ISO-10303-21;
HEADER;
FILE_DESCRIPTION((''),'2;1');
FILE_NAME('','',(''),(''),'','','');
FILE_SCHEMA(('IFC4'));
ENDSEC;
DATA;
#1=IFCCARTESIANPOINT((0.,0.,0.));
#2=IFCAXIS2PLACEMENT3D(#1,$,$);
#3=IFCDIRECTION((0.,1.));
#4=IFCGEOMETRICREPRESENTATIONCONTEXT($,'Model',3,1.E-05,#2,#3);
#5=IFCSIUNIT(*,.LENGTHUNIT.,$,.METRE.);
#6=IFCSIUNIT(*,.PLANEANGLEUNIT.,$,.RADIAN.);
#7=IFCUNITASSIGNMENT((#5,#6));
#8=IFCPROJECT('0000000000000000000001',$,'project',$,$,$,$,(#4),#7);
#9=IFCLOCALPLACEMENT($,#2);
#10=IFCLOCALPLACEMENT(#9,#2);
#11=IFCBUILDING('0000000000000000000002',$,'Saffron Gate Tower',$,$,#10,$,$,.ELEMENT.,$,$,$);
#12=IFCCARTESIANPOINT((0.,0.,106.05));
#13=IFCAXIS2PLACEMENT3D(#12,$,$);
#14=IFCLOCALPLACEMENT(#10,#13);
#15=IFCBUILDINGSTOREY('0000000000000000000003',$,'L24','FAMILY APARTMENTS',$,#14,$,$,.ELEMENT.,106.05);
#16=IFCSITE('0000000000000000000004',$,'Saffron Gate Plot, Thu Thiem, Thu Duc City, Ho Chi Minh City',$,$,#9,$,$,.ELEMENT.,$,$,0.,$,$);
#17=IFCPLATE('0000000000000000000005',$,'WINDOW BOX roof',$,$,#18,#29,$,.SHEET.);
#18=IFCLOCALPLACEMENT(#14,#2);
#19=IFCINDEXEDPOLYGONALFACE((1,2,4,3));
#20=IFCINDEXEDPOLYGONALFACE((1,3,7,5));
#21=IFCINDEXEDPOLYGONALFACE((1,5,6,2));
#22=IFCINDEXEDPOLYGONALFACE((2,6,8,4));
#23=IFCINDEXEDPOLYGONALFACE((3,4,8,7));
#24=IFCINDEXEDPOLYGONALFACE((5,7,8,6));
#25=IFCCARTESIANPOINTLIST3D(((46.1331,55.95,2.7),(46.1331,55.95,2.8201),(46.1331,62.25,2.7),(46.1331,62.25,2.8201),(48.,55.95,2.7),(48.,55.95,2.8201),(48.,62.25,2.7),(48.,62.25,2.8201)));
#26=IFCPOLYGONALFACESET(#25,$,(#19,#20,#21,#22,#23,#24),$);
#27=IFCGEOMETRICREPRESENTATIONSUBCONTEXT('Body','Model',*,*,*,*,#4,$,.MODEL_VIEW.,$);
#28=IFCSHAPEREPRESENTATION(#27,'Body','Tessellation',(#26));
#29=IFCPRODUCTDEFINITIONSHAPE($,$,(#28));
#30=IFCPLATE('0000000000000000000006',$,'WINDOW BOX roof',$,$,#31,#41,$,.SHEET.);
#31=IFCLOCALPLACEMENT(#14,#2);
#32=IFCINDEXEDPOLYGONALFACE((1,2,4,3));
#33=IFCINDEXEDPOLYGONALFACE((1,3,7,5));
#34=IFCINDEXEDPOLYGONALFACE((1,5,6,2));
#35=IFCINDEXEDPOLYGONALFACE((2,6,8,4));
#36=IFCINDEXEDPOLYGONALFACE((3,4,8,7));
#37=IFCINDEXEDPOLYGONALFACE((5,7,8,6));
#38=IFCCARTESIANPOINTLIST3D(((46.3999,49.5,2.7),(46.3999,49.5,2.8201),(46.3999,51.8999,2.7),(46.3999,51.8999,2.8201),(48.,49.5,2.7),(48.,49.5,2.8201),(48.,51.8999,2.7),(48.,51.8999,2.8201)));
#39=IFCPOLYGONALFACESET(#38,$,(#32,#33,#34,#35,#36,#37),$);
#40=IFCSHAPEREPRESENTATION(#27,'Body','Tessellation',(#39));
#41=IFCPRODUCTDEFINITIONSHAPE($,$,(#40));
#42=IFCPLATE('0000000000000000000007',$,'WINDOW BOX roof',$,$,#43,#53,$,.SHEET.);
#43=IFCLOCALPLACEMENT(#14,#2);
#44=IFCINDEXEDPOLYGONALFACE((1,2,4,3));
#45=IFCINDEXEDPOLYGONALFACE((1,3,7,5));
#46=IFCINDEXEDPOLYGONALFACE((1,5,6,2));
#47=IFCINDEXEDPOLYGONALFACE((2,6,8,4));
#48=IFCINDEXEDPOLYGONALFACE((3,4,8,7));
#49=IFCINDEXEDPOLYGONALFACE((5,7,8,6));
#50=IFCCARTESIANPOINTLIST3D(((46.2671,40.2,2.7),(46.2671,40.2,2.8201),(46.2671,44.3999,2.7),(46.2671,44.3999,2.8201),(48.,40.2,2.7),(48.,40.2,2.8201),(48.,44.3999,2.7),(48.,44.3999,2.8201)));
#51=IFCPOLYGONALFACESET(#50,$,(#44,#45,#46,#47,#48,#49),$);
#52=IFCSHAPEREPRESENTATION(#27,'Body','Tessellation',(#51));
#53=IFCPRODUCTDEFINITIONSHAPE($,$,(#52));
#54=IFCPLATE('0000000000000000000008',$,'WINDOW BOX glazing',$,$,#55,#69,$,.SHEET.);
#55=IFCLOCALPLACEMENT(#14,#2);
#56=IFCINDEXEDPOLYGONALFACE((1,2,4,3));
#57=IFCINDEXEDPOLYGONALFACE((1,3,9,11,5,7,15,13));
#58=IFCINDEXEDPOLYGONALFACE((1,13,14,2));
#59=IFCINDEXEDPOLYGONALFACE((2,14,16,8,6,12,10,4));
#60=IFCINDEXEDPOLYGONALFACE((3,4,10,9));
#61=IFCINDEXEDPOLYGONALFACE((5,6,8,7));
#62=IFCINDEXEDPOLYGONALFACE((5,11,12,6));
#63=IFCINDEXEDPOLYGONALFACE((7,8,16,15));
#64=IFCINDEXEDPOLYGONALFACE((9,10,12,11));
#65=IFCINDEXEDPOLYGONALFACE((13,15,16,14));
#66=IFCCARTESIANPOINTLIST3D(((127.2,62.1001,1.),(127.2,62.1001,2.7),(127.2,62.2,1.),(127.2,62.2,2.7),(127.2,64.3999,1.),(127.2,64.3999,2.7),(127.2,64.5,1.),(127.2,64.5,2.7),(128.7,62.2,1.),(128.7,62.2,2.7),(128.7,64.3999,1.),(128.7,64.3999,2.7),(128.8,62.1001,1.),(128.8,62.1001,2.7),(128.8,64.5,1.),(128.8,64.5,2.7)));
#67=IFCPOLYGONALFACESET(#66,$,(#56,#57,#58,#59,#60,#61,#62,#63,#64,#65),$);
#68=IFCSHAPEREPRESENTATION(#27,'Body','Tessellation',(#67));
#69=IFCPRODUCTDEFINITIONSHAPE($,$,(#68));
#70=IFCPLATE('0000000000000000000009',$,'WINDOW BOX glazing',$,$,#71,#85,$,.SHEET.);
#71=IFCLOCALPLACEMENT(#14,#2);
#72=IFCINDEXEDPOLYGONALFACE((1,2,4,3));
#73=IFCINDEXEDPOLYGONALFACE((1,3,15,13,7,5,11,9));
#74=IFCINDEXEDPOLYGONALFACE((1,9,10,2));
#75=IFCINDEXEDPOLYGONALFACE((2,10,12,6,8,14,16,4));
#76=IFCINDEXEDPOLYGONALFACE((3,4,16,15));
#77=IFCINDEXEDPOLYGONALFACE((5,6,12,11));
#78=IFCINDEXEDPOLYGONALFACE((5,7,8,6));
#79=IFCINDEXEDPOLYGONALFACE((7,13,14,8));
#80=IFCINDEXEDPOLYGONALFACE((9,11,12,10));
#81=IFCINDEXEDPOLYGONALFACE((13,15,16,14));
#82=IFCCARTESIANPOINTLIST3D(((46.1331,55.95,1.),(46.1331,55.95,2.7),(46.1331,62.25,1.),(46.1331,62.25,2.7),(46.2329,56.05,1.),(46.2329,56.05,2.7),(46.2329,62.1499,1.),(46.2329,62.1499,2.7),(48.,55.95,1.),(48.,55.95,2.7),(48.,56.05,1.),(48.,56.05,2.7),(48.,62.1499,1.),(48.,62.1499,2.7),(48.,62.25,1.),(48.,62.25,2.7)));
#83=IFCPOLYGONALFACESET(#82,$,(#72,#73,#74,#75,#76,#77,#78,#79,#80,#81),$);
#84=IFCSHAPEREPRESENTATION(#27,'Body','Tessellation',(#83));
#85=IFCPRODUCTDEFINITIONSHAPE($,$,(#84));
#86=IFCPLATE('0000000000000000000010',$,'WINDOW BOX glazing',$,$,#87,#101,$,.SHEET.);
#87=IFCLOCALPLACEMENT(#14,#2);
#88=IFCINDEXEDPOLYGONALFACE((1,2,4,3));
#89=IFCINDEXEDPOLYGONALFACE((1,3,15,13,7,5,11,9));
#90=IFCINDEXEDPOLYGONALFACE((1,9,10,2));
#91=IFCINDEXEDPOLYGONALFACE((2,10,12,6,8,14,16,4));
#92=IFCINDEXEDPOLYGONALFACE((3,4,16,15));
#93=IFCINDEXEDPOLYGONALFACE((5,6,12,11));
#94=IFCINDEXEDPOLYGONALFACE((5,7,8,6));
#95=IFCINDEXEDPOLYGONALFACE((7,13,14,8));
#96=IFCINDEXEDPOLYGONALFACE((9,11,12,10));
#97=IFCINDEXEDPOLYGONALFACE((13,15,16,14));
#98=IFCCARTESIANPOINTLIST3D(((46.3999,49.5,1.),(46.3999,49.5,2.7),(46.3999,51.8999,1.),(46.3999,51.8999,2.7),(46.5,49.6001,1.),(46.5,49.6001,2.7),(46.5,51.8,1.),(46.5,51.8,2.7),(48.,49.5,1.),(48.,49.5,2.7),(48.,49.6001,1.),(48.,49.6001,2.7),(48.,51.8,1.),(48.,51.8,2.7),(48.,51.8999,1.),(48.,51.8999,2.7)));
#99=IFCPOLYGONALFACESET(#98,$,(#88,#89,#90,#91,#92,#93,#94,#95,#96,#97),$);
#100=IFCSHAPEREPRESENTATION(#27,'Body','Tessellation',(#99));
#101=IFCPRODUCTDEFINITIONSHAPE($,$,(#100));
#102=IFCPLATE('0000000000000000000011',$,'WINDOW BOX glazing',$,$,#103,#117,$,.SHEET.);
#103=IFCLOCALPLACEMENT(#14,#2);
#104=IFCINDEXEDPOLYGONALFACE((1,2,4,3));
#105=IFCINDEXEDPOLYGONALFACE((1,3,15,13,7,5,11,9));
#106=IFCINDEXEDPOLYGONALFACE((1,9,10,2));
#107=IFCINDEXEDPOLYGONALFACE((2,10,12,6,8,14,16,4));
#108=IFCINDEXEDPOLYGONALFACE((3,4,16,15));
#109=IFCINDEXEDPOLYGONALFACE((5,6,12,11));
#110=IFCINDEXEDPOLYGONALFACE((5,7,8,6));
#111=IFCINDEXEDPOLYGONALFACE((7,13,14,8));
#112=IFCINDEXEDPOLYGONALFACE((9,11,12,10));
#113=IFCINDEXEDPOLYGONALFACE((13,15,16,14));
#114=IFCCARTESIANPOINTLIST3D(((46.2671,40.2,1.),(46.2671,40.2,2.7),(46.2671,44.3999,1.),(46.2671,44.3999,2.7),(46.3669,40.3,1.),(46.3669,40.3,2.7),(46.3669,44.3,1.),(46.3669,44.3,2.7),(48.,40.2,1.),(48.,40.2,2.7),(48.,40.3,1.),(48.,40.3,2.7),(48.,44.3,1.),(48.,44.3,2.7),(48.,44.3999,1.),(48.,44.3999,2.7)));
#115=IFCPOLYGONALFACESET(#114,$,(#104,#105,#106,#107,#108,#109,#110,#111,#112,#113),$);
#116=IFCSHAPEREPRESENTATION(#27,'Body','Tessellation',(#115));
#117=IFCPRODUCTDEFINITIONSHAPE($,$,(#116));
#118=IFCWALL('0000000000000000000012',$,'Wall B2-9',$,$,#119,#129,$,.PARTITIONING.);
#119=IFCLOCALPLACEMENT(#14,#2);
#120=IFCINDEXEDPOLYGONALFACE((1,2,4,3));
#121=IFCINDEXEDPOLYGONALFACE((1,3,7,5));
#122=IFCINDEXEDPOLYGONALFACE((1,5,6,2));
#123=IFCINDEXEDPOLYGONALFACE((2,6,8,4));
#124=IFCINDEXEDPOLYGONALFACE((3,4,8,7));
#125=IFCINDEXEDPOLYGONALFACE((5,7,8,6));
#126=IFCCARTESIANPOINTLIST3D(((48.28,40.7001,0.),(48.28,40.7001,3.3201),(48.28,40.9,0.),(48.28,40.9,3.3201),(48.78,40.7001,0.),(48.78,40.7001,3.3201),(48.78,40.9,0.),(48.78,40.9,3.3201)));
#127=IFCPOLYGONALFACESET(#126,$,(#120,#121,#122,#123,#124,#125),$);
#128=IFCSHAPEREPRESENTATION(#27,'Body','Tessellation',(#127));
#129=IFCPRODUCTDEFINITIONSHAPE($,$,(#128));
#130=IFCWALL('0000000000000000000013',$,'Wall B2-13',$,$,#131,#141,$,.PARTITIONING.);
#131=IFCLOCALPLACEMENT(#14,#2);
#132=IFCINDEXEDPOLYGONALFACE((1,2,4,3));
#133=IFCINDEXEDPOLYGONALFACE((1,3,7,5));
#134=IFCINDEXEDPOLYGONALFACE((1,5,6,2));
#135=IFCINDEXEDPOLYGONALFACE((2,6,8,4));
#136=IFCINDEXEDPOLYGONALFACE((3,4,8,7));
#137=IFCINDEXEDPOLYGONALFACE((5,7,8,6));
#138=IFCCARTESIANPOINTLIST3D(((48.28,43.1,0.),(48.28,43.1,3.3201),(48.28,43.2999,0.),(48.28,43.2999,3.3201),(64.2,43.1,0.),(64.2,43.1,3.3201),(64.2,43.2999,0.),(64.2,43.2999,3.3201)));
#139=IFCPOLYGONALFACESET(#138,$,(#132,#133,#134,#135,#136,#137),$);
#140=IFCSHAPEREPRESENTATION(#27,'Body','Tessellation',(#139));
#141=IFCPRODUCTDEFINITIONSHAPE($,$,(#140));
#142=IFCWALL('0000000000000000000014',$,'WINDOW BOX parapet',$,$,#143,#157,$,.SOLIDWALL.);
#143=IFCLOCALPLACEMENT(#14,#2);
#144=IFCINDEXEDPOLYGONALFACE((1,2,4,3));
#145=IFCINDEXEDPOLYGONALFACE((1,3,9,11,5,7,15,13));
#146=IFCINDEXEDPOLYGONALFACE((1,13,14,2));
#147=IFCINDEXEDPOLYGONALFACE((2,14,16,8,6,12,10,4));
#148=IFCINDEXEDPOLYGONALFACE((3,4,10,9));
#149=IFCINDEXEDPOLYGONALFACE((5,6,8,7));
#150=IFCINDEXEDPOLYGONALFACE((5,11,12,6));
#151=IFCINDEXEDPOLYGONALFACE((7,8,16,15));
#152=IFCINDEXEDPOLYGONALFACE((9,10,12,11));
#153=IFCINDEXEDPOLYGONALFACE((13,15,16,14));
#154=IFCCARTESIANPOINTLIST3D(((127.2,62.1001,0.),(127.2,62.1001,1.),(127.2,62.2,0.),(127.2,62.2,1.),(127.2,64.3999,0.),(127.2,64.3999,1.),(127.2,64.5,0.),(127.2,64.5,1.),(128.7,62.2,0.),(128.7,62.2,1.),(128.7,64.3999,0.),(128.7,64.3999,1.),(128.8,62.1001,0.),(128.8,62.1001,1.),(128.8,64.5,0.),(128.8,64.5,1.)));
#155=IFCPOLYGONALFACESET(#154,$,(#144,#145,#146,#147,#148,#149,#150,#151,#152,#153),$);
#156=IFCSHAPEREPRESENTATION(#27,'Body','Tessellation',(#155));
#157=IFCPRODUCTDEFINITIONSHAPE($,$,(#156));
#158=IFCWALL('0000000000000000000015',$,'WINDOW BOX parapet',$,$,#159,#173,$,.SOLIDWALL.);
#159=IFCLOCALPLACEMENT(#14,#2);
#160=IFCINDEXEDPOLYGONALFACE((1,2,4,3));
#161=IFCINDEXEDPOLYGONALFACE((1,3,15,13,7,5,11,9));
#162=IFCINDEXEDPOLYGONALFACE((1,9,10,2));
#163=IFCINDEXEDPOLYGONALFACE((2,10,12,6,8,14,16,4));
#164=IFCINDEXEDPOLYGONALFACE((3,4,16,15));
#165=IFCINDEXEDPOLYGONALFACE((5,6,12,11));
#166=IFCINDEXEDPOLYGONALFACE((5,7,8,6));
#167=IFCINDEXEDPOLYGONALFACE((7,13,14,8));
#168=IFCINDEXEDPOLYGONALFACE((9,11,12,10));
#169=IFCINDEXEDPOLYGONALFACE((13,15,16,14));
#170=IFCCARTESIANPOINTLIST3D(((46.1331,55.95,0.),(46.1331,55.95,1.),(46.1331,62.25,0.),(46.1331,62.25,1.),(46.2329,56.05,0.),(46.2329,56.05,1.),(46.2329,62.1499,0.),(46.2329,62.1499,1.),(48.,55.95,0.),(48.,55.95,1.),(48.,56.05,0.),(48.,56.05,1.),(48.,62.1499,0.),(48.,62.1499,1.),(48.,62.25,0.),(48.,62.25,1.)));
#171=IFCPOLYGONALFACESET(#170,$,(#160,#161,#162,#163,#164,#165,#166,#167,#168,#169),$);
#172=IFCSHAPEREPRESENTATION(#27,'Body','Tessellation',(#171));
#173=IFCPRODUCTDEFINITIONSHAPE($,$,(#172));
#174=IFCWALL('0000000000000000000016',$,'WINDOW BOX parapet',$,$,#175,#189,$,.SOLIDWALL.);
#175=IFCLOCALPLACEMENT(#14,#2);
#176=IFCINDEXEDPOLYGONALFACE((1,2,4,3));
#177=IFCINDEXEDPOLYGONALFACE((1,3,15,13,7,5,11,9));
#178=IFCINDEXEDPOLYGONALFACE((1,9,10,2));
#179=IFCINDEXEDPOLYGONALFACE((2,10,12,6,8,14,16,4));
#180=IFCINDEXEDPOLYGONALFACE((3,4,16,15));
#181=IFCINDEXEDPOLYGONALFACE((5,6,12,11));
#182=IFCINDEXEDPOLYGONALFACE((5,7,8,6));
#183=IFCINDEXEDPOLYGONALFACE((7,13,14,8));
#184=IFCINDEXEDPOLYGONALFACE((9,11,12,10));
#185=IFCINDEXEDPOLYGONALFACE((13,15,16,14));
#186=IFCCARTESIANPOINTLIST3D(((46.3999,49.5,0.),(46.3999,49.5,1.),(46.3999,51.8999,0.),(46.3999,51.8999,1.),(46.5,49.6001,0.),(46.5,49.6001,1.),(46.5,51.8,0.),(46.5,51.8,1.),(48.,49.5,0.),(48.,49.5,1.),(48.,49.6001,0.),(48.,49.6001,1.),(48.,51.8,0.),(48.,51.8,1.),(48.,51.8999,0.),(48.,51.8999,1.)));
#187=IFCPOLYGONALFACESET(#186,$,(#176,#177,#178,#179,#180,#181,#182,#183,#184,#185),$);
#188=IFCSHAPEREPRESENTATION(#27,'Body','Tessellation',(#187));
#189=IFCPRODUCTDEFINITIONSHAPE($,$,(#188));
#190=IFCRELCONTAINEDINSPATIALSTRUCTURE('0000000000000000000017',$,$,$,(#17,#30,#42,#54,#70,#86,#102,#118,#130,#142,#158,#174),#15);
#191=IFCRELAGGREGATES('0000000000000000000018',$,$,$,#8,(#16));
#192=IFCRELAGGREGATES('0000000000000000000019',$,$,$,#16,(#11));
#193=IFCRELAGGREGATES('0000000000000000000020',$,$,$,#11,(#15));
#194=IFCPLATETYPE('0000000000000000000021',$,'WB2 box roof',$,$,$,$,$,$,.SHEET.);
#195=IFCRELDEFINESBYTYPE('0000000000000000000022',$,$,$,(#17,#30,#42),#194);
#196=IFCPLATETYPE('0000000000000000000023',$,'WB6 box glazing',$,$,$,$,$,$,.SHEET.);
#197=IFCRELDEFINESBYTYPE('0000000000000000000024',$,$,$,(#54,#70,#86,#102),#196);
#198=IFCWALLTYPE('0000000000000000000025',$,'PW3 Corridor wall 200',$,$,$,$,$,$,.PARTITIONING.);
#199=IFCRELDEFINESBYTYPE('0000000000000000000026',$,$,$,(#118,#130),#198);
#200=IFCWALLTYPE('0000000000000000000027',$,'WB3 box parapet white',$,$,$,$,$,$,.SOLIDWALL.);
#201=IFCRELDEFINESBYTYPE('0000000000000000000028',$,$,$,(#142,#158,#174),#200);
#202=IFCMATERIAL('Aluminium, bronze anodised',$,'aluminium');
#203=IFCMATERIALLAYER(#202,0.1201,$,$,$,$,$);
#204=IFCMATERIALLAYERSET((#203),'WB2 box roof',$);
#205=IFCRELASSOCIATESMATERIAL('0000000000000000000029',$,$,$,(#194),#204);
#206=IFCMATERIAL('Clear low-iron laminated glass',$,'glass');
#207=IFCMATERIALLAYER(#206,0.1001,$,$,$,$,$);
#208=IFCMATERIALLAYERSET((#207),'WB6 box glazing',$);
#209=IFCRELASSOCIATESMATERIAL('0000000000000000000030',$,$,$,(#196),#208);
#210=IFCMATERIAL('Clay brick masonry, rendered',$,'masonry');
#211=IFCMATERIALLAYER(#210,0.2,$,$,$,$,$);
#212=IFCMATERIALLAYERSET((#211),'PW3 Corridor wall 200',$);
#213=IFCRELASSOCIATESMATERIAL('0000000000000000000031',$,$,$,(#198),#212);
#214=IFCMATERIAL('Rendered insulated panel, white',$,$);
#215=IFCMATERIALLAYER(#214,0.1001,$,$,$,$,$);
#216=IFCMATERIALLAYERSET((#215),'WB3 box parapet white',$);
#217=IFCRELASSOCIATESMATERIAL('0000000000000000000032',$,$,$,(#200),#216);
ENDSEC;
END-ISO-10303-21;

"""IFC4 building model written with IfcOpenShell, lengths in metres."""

from ifc_helpers import new_model, si_unit, direction, frame, frame_2d, origin, place, context, subcontext, project, spatial, polyline, rectangle, outline, extrude, material, layer, layer_set, type_object, element, save


model = new_model("IFC4")

# Units and contexts
model_context = context("Model", 3, precision=1e-05, world=origin(), true_north=direction((0.0, 1.0)))
body_context = subcontext(model_context, "Body", "Model", "MODEL_VIEW")
ifc_project = project(units=[si_unit("LENGTHUNIT", "METRE"), si_unit("PLANEANGLEUNIT", "RADIAN")], contexts=[model_context])

# Site, building, storey
site_placement = place(None, origin())
site = spatial("IfcSite", under=ifc_project, at=site_placement, Name="Saffron Gate Plot, Thu Thiem, Thu Duc City, Ho Chi Minh City", CompositionType="ELEMENT", RefElevation=0.0)
building_placement = place(site_placement, origin())
building = spatial("IfcBuilding", under=site, at=building_placement, Name="Saffron Gate Tower", CompositionType="ELEMENT")
storey_placement = place(building_placement, frame((0.0, 0.0, 106.05)))
storey = spatial("IfcBuildingStorey", under=building, at=storey_placement, Name="L24", Description="FAMILY APARTMENTS", CompositionType="ELEMENT", Elevation=106.05)

# Shared definitions
ifc_material_1 = material(Name="Aluminium, bronze anodised", Category="aluminium")

# Plates
ifc_layer_1 = layer(ifc_material_1, 0.1201)
ifc_layer_set_1 = layer_set([ifc_layer_1], Name="WB2 box roof")
plate_type_1 = type_object("IfcPlateType", Name="WB2 box roof", PredefinedType="SHEET", material=ifc_layer_set_1)
plate_1_placement = place(storey_placement, frame((0.0, 0.0, 2.7)))
element("IfcPlate", 1, at=plate_1_placement, inside=storey, type_object=plate_type_1, Name="WINDOW BOX roof", PredefinedType="SHEET", context=body_context, shape_type="SweptSolid", body=[
    extrude(outline(polyline([(48.0, 62.25), (48.0, 55.95), (46.1331, 55.95), (46.1331, 62.25), (48.0, 62.25)])), origin(), (0.0, 0.0, 1.0), 0.1201),
])
plate_2_placement = place(storey_placement, frame((0.0, 0.0, 2.7)))
element("IfcPlate", 2, at=plate_2_placement, inside=storey, type_object=plate_type_1, Name="WINDOW BOX roof", PredefinedType="SHEET", context=body_context, shape_type="SweptSolid", body=[
    extrude(outline(polyline([(48.0, 51.8999), (48.0, 49.5), (46.3999, 49.5), (46.3999, 51.8999), (48.0, 51.8999)])), origin(), (0.0, 0.0, 1.0), 0.1201),
])
plate_3_placement = place(storey_placement, frame((0.0, 0.0, 2.7)))
element("IfcPlate", 3, at=plate_3_placement, inside=storey, type_object=plate_type_1, Name="WINDOW BOX roof", PredefinedType="SHEET", context=body_context, shape_type="SweptSolid", body=[
    extrude(outline(polyline([(48.0, 44.3999), (48.0, 40.2), (46.2671, 40.2), (46.2671, 44.3999), (48.0, 44.3999)])), origin(), (0.0, 0.0, 1.0), 0.1201),
])
ifc_material_2 = material(Name="Clear low-iron laminated glass", Category="glass")
ifc_layer_2 = layer(ifc_material_2, 0.1001)
ifc_layer_set_2 = layer_set([ifc_layer_2], Name="WB6 box glazing")
plate_type_2 = type_object("IfcPlateType", Name="WB6 box glazing", PredefinedType="SHEET", material=ifc_layer_set_2)
plate_4_placement = place(storey_placement, frame((0.0, 0.0, 1.0)))
element("IfcPlate", 4, at=plate_4_placement, inside=storey, type_object=plate_type_2, Name="WINDOW BOX glazing", PredefinedType="SHEET", context=body_context, shape_type="SweptSolid", body=[
    extrude(outline(polyline([(127.2, 62.1001), (127.2, 62.2), (128.7, 62.2), (128.7, 64.3999), (127.2, 64.3999), (127.2, 64.5), (128.8, 64.5), (128.8, 62.1001), (127.2, 62.1001)])), origin(), (0.0, 0.0, 1.0), 1.7),
])
plate_5_placement = place(storey_placement, frame((0.0, 0.0, 1.0)))
element("IfcPlate", 5, at=plate_5_placement, inside=storey, type_object=plate_type_2, Name="WINDOW BOX glazing", PredefinedType="SHEET", context=body_context, shape_type="SweptSolid", body=[
    extrude(outline(polyline([(48.0, 62.25), (48.0, 62.1499), (46.2329, 62.1499), (46.2329, 56.05), (48.0, 56.05), (48.0, 55.95), (46.1331, 55.95), (46.1331, 62.25), (48.0, 62.25)])), origin(), (0.0, 0.0, 1.0), 1.7),
])
plate_6_placement = place(storey_placement, frame((0.0, 0.0, 1.0)))
element("IfcPlate", 6, at=plate_6_placement, inside=storey, type_object=plate_type_2, Name="WINDOW BOX glazing", PredefinedType="SHEET", context=body_context, shape_type="SweptSolid", body=[
    extrude(outline(polyline([(48.0, 51.8999), (48.0, 51.8), (46.5, 51.8), (46.5, 49.6001), (48.0, 49.6001), (48.0, 49.5), (46.3999, 49.5), (46.3999, 51.8999), (48.0, 51.8999)])), origin(), (0.0, 0.0, 1.0), 1.7),
])
plate_7_placement = place(storey_placement, frame((0.0, 0.0, 1.0)))
element("IfcPlate", 7, at=plate_7_placement, inside=storey, type_object=plate_type_2, Name="WINDOW BOX glazing", PredefinedType="SHEET", context=body_context, shape_type="SweptSolid", body=[
    extrude(outline(polyline([(48.0, 44.3999), (48.0, 44.3), (46.3669, 44.3), (46.3669, 40.3), (48.0, 40.3), (48.0, 40.2), (46.2671, 40.2), (46.2671, 44.3999), (48.0, 44.3999)])), origin(), (0.0, 0.0, 1.0), 1.7),
])

# Walls
ifc_material_3 = material(Name="Clay brick masonry, rendered", Category="masonry")
ifc_layer_3 = layer(ifc_material_3, 0.2)
ifc_layer_set_3 = layer_set([ifc_layer_3], Name="PW3 Corridor wall 200")
wall_type_1 = type_object("IfcWallType", Name="PW3 Corridor wall 200", PredefinedType="PARTITIONING", material=ifc_layer_set_3)
wall_1_placement = place(storey_placement, frame((48.28, 40.8, 0.0), z_axis=(0.0, 0.0, 1.0), x_axis=(1.0, 0.0, 0.0)))
element("IfcWall", 8, at=wall_1_placement, inside=storey, type_object=wall_type_1, Name="Wall B2-9", PredefinedType="PARTITIONING", context=body_context, shape_type="SweptSolid", body=[
    extrude(rectangle(XDim=0.5, YDim=0.2, at=frame_2d((0.25, 0.0))), origin(), (0.0, 0.0, 1.0), 3.3201),
])
wall_2_placement = place(storey_placement, frame((48.28, 43.2, 0.0), z_axis=(0.0, 0.0, 1.0), x_axis=(1.0, 0.0, 0.0)))
element("IfcWall", 9, at=wall_2_placement, inside=storey, type_object=wall_type_1, Name="Wall B2-13", PredefinedType="PARTITIONING", context=body_context, shape_type="SweptSolid", body=[
    extrude(rectangle(XDim=15.9199, YDim=0.2, at=frame_2d((7.96, 0.0))), origin(), (0.0, 0.0, 1.0), 3.3201),
])
ifc_material_4 = material(Name="Rendered insulated panel, white")
ifc_layer_4 = layer(ifc_material_4, 0.1001)
ifc_layer_set_4 = layer_set([ifc_layer_4], Name="WB3 box parapet white")
wall_type_2 = type_object("IfcWallType", Name="WB3 box parapet white", PredefinedType="SOLIDWALL", material=ifc_layer_set_4)
wall_3_placement = place(storey_placement, origin())
element("IfcWall", 10, at=wall_3_placement, inside=storey, type_object=wall_type_2, Name="WINDOW BOX parapet", PredefinedType="SOLIDWALL", context=body_context, shape_type="SweptSolid", body=[
    extrude(outline(polyline([(127.2, 62.1001), (127.2, 62.2), (128.7, 62.2), (128.7, 64.3999), (127.2, 64.3999), (127.2, 64.5), (128.8, 64.5), (128.8, 62.1001), (127.2, 62.1001)])), origin(), (0.0, 0.0, 1.0), 1.0),
])
wall_4_placement = place(storey_placement, origin())
element("IfcWall", 11, at=wall_4_placement, inside=storey, type_object=wall_type_2, Name="WINDOW BOX parapet", PredefinedType="SOLIDWALL", context=body_context, shape_type="SweptSolid", body=[
    extrude(outline(polyline([(48.0, 62.25), (48.0, 62.1499), (46.2329, 62.1499), (46.2329, 56.05), (48.0, 56.05), (48.0, 55.95), (46.1331, 55.95), (46.1331, 62.25), (48.0, 62.25)])), origin(), (0.0, 0.0, 1.0), 1.0),
])
wall_5_placement = place(storey_placement, origin())
element("IfcWall", 12, at=wall_5_placement, inside=storey, type_object=wall_type_2, Name="WINDOW BOX parapet", PredefinedType="SOLIDWALL", context=body_context, shape_type="SweptSolid", body=[
    extrude(outline(polyline([(48.0, 51.8999), (48.0, 51.8), (46.5, 51.8), (46.5, 49.6001), (48.0, 49.6001), (48.0, 49.5), (46.3999, 49.5), (46.3999, 51.8999), (48.0, 51.8999)])), origin(), (0.0, 0.0, 1.0), 1.0),
])

save(model, "model.ifc")
